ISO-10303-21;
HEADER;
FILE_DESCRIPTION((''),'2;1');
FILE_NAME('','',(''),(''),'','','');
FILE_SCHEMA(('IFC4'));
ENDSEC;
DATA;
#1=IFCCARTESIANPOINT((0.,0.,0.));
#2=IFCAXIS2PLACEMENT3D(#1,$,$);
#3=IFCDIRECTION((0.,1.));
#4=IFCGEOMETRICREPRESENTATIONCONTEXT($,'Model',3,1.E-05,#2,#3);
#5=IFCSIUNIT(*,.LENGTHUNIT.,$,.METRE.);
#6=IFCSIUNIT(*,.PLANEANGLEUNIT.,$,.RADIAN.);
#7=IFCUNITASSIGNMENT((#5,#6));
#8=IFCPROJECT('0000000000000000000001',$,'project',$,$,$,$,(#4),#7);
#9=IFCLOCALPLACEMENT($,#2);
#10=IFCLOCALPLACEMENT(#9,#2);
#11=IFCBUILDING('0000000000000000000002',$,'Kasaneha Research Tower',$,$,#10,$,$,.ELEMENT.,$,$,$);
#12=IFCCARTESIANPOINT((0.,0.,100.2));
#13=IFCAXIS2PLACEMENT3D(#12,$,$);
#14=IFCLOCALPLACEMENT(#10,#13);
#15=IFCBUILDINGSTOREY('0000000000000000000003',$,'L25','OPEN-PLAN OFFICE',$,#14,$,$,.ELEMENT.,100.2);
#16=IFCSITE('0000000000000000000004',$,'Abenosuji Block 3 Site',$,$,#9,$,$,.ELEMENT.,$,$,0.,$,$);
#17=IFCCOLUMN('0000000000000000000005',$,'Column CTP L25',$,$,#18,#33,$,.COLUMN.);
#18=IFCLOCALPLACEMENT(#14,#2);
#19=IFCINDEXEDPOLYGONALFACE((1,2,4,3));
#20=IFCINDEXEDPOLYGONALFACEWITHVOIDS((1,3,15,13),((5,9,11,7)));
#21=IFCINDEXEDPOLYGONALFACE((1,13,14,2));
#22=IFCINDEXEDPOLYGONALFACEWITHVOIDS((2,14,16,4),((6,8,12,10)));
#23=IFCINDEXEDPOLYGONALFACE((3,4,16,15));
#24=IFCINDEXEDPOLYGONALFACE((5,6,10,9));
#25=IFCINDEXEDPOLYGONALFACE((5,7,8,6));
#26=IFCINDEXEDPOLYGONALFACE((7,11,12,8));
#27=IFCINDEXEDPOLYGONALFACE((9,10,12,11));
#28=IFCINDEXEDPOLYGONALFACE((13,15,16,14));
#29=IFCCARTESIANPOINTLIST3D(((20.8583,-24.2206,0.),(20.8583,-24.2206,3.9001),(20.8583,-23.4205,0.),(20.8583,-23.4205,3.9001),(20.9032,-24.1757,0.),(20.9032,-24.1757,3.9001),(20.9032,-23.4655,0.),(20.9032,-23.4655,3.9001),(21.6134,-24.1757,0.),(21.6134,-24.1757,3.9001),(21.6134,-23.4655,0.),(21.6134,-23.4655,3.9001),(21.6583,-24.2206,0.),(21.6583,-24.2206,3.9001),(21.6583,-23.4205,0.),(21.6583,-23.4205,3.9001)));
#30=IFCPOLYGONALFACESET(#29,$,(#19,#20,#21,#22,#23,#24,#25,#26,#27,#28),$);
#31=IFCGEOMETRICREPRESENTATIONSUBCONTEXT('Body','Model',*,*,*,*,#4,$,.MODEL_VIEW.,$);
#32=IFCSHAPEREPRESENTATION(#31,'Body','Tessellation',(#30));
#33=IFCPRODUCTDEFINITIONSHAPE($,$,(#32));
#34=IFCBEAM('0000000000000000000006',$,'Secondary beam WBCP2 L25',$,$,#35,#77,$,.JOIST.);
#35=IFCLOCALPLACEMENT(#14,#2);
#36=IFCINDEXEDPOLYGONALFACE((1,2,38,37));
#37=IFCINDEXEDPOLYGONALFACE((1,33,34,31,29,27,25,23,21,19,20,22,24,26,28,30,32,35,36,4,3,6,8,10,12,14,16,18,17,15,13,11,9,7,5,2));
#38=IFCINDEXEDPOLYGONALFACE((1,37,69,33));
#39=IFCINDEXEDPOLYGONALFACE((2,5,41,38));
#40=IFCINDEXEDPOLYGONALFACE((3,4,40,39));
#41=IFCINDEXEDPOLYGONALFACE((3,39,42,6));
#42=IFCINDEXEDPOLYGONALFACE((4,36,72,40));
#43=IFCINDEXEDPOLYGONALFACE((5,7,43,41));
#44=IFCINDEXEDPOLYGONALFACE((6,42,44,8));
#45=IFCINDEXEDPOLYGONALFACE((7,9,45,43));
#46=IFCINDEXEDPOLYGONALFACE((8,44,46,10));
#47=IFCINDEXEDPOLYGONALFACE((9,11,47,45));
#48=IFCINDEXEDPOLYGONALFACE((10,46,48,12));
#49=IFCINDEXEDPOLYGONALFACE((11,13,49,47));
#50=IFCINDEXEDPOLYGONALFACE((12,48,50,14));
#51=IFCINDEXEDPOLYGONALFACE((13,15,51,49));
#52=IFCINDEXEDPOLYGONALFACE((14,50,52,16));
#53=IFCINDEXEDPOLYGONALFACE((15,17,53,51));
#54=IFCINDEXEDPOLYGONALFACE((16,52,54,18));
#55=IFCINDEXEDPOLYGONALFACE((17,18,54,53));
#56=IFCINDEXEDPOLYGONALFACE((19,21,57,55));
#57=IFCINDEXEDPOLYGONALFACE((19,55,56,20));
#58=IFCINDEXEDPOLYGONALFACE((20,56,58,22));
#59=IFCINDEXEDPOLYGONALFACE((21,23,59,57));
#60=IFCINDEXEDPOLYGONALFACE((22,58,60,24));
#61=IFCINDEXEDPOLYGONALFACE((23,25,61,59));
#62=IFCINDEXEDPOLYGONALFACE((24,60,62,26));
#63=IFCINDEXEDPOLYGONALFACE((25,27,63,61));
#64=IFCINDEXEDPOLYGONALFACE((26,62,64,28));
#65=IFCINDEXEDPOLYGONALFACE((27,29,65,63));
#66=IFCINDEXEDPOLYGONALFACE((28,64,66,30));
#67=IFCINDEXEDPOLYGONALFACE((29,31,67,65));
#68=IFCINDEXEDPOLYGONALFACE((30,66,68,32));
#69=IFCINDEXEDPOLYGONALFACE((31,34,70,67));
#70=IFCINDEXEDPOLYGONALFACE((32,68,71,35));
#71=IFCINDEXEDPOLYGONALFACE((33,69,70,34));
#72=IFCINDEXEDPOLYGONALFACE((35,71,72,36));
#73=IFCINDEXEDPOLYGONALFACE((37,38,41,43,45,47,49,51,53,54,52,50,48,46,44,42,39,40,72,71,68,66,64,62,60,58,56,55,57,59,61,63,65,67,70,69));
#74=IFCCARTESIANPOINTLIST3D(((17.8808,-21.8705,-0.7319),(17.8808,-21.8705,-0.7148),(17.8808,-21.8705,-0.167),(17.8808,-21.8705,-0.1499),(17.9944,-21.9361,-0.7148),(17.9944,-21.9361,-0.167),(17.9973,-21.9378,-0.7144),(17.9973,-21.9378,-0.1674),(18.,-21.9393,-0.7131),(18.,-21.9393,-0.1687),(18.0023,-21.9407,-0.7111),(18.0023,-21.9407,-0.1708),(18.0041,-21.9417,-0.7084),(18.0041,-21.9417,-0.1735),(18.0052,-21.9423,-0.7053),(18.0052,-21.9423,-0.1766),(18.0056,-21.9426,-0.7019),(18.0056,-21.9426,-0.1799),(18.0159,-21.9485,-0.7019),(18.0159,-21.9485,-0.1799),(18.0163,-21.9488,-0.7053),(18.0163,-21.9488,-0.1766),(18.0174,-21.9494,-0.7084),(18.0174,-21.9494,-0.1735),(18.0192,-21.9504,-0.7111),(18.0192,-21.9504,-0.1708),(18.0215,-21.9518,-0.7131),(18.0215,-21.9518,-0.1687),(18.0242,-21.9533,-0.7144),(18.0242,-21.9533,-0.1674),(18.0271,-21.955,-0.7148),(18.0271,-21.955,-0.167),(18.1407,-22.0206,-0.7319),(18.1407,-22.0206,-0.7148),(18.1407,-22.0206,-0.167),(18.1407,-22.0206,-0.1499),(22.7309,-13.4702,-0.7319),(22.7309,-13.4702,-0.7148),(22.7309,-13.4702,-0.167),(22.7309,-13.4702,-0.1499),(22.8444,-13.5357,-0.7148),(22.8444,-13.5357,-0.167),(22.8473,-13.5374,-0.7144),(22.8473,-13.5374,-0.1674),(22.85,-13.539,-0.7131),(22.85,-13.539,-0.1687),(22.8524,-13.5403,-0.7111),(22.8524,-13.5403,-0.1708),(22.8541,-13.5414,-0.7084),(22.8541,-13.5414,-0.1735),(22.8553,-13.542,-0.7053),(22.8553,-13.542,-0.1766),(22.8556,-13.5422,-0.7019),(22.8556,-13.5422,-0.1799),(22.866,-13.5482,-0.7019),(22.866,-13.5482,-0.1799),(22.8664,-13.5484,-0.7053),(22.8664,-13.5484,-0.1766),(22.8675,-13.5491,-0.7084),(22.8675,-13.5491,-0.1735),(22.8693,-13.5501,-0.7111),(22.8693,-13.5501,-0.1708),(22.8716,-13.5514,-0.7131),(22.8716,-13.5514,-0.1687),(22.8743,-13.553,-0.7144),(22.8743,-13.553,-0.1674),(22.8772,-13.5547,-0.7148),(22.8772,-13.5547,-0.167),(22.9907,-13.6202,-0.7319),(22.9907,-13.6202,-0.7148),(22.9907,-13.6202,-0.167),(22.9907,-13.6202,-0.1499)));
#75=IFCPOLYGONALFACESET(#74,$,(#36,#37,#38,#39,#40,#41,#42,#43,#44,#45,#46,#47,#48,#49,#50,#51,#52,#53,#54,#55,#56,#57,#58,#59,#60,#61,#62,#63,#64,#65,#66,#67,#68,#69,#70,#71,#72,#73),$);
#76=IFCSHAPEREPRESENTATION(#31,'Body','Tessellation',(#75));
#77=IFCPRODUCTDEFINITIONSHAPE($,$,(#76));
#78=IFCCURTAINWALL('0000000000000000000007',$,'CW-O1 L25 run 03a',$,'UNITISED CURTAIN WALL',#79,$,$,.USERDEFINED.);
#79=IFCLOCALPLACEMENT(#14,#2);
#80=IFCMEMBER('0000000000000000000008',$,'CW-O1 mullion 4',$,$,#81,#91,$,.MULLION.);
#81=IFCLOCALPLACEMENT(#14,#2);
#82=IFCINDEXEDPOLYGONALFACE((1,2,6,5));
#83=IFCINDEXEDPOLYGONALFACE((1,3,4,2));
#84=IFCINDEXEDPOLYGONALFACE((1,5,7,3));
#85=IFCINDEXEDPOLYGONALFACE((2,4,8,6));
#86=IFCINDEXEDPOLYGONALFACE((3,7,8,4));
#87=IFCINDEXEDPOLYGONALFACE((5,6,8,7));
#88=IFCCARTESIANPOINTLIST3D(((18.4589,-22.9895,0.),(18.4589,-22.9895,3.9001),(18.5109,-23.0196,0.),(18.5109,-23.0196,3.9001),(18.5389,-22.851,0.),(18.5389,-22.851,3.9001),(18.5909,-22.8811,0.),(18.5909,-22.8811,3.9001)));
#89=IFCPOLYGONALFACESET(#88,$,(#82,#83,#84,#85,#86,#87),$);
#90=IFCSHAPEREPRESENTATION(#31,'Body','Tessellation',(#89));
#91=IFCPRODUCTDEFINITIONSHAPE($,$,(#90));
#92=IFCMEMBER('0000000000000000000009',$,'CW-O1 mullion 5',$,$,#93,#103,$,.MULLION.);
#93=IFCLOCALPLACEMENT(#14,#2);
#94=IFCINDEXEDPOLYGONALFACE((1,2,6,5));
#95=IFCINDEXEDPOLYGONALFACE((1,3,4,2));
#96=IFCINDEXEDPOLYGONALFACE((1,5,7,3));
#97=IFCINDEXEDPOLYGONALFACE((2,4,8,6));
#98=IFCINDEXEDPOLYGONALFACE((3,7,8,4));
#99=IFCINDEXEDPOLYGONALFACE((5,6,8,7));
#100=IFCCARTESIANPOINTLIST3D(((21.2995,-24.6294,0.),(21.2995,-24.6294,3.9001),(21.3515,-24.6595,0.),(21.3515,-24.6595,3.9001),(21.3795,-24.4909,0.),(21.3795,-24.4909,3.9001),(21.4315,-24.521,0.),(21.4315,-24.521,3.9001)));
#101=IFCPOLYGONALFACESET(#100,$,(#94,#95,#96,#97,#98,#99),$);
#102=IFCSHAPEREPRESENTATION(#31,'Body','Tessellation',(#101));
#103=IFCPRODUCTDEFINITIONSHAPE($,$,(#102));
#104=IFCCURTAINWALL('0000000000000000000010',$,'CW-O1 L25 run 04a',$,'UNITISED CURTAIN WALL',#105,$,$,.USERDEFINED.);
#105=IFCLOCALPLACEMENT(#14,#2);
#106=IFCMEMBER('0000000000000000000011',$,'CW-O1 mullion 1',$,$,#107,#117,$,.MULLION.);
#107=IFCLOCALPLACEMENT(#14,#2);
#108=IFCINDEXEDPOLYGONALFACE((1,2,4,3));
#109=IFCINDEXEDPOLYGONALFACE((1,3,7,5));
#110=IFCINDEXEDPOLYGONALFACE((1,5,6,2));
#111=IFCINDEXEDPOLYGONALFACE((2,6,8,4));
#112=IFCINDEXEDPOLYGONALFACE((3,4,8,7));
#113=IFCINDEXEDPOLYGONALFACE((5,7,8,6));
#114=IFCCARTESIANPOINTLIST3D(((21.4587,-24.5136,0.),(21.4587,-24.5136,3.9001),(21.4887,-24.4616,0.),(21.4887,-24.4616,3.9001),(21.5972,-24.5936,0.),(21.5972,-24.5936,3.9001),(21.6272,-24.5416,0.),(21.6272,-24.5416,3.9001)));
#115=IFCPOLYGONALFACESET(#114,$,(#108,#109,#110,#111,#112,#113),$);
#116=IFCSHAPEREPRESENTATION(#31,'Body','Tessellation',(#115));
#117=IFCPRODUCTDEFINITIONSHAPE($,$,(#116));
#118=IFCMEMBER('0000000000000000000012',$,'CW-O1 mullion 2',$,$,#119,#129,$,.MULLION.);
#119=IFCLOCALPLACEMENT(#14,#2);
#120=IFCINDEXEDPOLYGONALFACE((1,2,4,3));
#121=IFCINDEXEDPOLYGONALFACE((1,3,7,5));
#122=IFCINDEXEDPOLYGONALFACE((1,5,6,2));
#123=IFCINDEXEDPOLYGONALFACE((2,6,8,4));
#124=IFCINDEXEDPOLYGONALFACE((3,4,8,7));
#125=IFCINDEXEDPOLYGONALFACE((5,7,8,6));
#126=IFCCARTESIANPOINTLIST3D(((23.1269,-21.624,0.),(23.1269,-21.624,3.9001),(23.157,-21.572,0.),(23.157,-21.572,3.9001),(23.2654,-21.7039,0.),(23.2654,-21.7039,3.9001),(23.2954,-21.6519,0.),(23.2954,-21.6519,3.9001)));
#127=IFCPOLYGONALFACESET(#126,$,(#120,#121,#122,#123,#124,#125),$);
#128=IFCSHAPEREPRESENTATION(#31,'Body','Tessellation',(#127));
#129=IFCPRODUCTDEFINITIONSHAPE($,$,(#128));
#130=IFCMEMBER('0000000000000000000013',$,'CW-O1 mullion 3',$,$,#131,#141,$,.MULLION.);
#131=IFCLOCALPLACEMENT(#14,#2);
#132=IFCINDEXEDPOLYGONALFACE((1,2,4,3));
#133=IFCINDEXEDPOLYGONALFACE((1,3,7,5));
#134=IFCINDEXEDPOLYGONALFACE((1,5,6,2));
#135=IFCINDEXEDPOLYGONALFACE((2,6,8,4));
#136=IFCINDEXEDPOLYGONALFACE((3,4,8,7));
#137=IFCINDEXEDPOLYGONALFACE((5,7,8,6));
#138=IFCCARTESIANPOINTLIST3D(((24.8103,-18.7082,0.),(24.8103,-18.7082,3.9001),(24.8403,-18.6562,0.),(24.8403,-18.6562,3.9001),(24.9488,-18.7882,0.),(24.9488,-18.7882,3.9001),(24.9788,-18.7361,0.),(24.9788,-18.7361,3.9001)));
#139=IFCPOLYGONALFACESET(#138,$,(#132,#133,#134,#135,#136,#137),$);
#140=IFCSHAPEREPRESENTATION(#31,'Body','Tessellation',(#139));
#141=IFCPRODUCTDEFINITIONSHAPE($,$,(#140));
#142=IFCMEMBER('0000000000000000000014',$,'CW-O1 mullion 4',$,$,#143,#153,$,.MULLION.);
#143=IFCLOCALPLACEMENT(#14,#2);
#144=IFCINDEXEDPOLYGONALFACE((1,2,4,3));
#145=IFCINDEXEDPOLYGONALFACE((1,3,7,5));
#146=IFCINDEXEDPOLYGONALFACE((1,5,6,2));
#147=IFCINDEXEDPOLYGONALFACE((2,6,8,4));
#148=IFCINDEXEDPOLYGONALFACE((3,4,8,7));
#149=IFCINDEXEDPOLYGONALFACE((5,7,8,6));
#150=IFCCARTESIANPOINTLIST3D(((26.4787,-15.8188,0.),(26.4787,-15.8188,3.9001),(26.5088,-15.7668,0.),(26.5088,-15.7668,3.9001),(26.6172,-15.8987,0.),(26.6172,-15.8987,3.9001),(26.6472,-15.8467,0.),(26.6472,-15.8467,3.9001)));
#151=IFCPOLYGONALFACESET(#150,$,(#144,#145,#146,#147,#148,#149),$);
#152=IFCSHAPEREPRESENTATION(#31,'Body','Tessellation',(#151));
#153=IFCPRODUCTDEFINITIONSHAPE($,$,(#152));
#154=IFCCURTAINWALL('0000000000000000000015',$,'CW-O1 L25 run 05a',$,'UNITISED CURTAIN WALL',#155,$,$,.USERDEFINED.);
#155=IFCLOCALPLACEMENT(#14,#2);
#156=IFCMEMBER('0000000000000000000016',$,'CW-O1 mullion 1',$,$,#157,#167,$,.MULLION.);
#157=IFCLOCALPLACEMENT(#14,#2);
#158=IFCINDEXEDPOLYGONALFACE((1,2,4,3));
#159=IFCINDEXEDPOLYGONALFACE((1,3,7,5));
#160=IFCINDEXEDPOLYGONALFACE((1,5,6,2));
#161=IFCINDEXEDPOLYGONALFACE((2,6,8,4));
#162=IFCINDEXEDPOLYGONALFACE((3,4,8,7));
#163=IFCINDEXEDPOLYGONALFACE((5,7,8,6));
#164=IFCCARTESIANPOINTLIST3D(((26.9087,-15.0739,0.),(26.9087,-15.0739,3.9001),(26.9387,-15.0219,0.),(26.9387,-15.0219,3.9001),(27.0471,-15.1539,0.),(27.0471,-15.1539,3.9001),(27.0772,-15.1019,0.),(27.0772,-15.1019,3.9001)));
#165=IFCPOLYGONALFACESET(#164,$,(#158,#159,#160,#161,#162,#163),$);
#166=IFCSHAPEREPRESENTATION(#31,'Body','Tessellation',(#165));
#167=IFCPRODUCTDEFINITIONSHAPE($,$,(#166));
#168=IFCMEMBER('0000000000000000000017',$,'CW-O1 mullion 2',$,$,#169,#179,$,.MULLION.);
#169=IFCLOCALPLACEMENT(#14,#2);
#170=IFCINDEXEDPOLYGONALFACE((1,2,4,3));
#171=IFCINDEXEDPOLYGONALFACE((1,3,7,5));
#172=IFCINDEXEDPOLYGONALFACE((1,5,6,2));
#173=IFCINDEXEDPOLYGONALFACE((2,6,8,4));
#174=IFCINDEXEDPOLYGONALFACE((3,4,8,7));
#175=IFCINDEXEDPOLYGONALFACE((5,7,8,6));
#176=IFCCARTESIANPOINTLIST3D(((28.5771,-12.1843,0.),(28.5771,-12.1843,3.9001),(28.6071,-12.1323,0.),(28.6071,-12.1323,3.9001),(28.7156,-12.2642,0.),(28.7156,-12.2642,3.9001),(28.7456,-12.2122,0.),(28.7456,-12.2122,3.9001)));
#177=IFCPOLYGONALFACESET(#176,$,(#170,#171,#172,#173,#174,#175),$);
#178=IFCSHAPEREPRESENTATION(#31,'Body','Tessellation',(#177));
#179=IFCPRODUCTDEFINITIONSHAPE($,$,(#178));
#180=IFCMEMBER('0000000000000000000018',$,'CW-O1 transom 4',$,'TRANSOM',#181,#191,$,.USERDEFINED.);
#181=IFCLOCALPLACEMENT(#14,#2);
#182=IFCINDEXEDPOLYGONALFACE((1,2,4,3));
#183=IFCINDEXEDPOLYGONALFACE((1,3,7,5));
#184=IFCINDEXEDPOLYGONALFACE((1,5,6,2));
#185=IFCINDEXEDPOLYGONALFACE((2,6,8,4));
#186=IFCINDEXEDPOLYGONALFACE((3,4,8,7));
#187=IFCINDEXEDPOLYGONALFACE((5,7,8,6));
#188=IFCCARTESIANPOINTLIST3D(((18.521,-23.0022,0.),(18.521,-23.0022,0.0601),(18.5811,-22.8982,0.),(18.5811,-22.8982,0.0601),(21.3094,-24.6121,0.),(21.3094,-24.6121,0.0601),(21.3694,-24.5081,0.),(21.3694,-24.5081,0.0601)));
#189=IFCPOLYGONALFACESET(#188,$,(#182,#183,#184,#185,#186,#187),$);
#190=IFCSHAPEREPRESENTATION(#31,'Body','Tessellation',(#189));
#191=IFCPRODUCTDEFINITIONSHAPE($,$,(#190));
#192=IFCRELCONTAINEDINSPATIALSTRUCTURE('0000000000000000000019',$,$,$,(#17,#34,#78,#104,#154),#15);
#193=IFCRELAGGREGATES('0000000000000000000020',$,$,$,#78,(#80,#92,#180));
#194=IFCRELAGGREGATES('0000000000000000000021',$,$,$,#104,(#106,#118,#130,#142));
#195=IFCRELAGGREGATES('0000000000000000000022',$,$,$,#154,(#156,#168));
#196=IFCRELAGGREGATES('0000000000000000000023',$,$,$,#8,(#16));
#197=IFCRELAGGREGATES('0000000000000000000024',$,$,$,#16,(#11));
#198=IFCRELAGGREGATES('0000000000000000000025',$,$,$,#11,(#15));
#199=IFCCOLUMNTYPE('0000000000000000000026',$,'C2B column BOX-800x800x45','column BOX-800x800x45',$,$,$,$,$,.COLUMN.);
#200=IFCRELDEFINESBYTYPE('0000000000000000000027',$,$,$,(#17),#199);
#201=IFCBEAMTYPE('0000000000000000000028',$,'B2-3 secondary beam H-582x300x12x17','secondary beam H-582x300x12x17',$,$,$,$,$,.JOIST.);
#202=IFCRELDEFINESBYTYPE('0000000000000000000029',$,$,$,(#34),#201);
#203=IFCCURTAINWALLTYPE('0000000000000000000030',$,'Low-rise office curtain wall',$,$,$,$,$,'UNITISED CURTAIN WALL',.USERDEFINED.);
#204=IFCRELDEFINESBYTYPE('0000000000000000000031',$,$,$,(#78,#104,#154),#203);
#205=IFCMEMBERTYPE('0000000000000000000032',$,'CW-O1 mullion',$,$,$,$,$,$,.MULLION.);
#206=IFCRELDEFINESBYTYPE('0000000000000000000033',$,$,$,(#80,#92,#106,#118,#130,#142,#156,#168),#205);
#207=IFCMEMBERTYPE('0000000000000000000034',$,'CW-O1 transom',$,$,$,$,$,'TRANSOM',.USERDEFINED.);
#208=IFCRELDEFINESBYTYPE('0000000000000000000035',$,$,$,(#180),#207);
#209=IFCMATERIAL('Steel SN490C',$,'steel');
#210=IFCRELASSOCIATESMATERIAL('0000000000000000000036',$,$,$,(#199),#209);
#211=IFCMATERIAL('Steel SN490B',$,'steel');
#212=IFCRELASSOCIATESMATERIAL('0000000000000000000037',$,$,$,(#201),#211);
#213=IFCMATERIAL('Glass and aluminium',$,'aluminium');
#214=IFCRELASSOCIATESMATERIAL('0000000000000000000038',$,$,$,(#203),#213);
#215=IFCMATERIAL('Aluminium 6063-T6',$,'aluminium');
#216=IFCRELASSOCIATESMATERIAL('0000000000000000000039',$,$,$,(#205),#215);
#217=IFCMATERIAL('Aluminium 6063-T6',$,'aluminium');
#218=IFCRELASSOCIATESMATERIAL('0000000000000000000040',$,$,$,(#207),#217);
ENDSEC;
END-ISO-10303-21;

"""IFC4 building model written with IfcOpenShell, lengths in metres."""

from ifc_helpers import new_model, si_unit, direction, frame, origin, origin_2d, place, context, subcontext, project, spatial, rectangle, hollow_rectangle, i_section, extrude, material, material_profile, profile_set, type_object, element, aggregate, save


model = new_model("IFC4")

# Units and contexts
model_context = context("Model", 3, precision=1e-05, world=origin(), true_north=direction((0.0, 1.0)))
body_context = subcontext(model_context, "Body", "Model", "MODEL_VIEW")
ifc_project = project(units=[si_unit("LENGTHUNIT", "METRE"), si_unit("PLANEANGLEUNIT", "RADIAN")], contexts=[model_context])

# Site, building, storey
site_placement = place(None, origin())
site = spatial("IfcSite", under=ifc_project, at=site_placement, Name="Abenosuji Block 3 Site", CompositionType="ELEMENT", RefElevation=0.0)
building_placement = place(site_placement, origin())
building = spatial("IfcBuilding", under=site, at=building_placement, Name="Kasaneha Research Tower", CompositionType="ELEMENT")
storey_placement = place(building_placement, frame((0.0, 0.0, 100.2)))
storey = spatial("IfcBuildingStorey", under=building, at=storey_placement, Name="L25", Description="OPEN-PLAN OFFICE", CompositionType="ELEMENT", Elevation=100.2)

# Column
ifc_material_1 = material(Name="Steel SN490C", Category="steel")
ifc_material_profile_1 = material_profile(ifc_material_1, hollow_rectangle(XDim=0.8, YDim=0.8, WallThickness=0.0449, at=origin_2d()), Name="BOX-800x800x45")
ifc_profile_set_1 = profile_set([ifc_material_profile_1], Name="Steel SN490C")
column_type = type_object("IfcColumnType", Name="C2B column BOX-800x800x45", Description="column BOX-800x800x45", PredefinedType="COLUMN", material=ifc_profile_set_1)
column_placement = place(storey_placement, frame((21.2583, -23.8206, 0.0), z_axis=(0.0, 0.0, 1.0), x_axis=(1.0, 0.0, 0.0)))
element("IfcColumn", 1, at=column_placement, inside=storey, type_object=column_type, Name="Column CTP L25", PredefinedType="COLUMN", context=body_context, shape_type="SweptSolid", body=[
    extrude(hollow_rectangle(XDim=0.8, YDim=0.8, WallThickness=0.0449, at=origin_2d()), origin(), (0.0, 0.0, 1.0), 3.9001),
])

# Beam
ifc_material_2 = material(Name="Steel SN490B", Category="steel")
ifc_material_profile_2 = material_profile(ifc_material_2, i_section(OverallWidth=0.3, OverallDepth=0.582, WebThickness=0.012, FlangeThickness=0.0171, FilletRadius=0.0129, at=origin_2d()), Name="H-582x300x12x17")
ifc_profile_set_2 = profile_set([ifc_material_profile_2], Name="Steel SN490B")
beam_type_1 = type_object("IfcBeamType", Name="B2-3 secondary beam H-582x300x12x17", Description="secondary beam H-582x300x12x17", PredefinedType="JOIST", material=ifc_profile_set_2)
beam_1_placement = place(storey_placement, frame((18.0107, -21.9456, -0.4409), z_axis=(0.50001, 0.86602, 0.0), x_axis=(-0.86602, 0.50001, 0.0)))
element("IfcBeam", 2, at=beam_1_placement, inside=storey, type_object=beam_type_1, Name="Secondary beam WBCP2 L25", PredefinedType="JOIST", context=body_context, shape_type="SweptSolid", body=[
    extrude(i_section(OverallWidth=0.3, OverallDepth=0.582, WebThickness=0.012, FlangeThickness=0.0171, FilletRadius=0.0129, at=origin_2d()), origin(), (0.0, 0.0, 1.0), 9.7),
])

# Curtain walls, members
ifc_material_3 = material(Name="Glass and aluminium", Category="aluminium")
curtain_wall_type = type_object("IfcCurtainWallType", Name="Low-rise office curtain wall", ElementType="UNITISED CURTAIN WALL", PredefinedType="USERDEFINED", material=ifc_material_3)
curtain_wall_1_placement = place(storey_placement, origin())
curtain_wall_1 = element("IfcCurtainWall", 3, at=curtain_wall_1_placement, inside=storey, type_object=curtain_wall_type, Name="CW-O1 L25 run 03a", ObjectType="UNITISED CURTAIN WALL", PredefinedType="USERDEFINED")
ifc_material_4 = material(Name="Aluminium 6063-T6", Category="aluminium")
ifc_material_profile_3 = material_profile(ifc_material_4, rectangle(XDim=0.0601, YDim=0.1599, at=origin_2d()), Name="CW-O1 mullion 60x160")
ifc_profile_set_3 = profile_set([ifc_material_profile_3], Name="Aluminium 6063-T6")
member_type_1 = type_object("IfcMemberType", Name="CW-O1 mullion", PredefinedType="MULLION", material=ifc_profile_set_3)
member_1_placement = place(storey_placement, frame((18.5249, -22.9353, 0.0), z_axis=(0.0, 0.0, 1.0), x_axis=(0.866025, -0.5, 0.0)))
member_1 = element("IfcMember", 4, at=member_1_placement, type_object=member_type_1, Name="CW-O1 mullion 4", PredefinedType="MULLION", context=body_context, shape_type="SweptSolid", body=[
    extrude(rectangle(XDim=0.0601, YDim=0.1599, at=origin_2d()), origin(), (0.0, 0.0, 1.0), 3.9001),
])
member_2_placement = place(storey_placement, frame((21.3655, -24.5752, 0.0), z_axis=(0.0, 0.0, 1.0), x_axis=(0.866025, -0.5, 0.0)))
member_2 = element("IfcMember", 5, at=member_2_placement, type_object=member_type_1, Name="CW-O1 mullion 5", PredefinedType="MULLION", context=body_context, shape_type="SweptSolid", body=[
    extrude(rectangle(XDim=0.0601, YDim=0.1599, at=origin_2d()), origin(), (0.0, 0.0, 1.0), 3.9001),
])
curtain_wall_2_placement = place(storey_placement, origin())
curtain_wall_2 = element("IfcCurtainWall", 6, at=curtain_wall_2_placement, inside=storey, type_object=curtain_wall_type, Name="CW-O1 L25 run 04a", ObjectType="UNITISED CURTAIN WALL", PredefinedType="USERDEFINED")
member_3_placement = place(storey_placement, frame((21.543, -24.5276, 0.0), z_axis=(0.0, 0.0, 1.0), x_axis=(0.5, 0.866025, 0.0)))
member_3 = element("IfcMember", 7, at=member_3_placement, type_object=member_type_1, Name="CW-O1 mullion 1", PredefinedType="MULLION", context=body_context, shape_type="SweptSolid", body=[
    extrude(rectangle(XDim=0.0601, YDim=0.1599, at=origin_2d()), origin(), (0.0, 0.0, 1.0), 3.9001),
])
member_4_placement = place(storey_placement, frame((23.2112, -21.6379, 0.0), z_axis=(0.0, 0.0, 1.0), x_axis=(0.5, 0.866025, 0.0)))
member_4 = element("IfcMember", 8, at=member_4_placement, type_object=member_type_1, Name="CW-O1 mullion 2", PredefinedType="MULLION", context=body_context, shape_type="SweptSolid", body=[
    extrude(rectangle(XDim=0.0601, YDim=0.1599, at=origin_2d()), origin(), (0.0, 0.0, 1.0), 3.9001),
])
member_5_placement = place(storey_placement, frame((24.8945, -18.7222, 0.0), z_axis=(0.0, 0.0, 1.0), x_axis=(0.5, 0.866025, 0.0)))
member_5 = element("IfcMember", 9, at=member_5_placement, type_object=member_type_1, Name="CW-O1 mullion 3", PredefinedType="MULLION", context=body_context, shape_type="SweptSolid", body=[
    extrude(rectangle(XDim=0.0601, YDim=0.1599, at=origin_2d()), origin(), (0.0, 0.0, 1.0), 3.9001),
])
member_6_placement = place(storey_placement, frame((26.563, -15.8328, 0.0), z_axis=(0.0, 0.0, 1.0), x_axis=(0.5, 0.866025, 0.0)))
member_6 = element("IfcMember", 10, at=member_6_placement, type_object=member_type_1, Name="CW-O1 mullion 4", PredefinedType="MULLION", context=body_context, shape_type="SweptSolid", body=[
    extrude(rectangle(XDim=0.0601, YDim=0.1599, at=origin_2d()), origin(), (0.0, 0.0, 1.0), 3.9001),
])
curtain_wall_3_placement = place(storey_placement, origin())
curtain_wall_3 = element("IfcCurtainWall", 11, at=curtain_wall_3_placement, inside=storey, type_object=curtain_wall_type, Name="CW-O1 L25 run 05a", ObjectType="UNITISED CURTAIN WALL", PredefinedType="USERDEFINED")
member_7_placement = place(storey_placement, frame((26.9929, -15.0879, 0.0), z_axis=(0.0, 0.0, 1.0), x_axis=(0.5, 0.866025, 0.0)))
member_7 = element("IfcMember", 12, at=member_7_placement, type_object=member_type_1, Name="CW-O1 mullion 1", PredefinedType="MULLION", context=body_context, shape_type="SweptSolid", body=[
    extrude(rectangle(XDim=0.0601, YDim=0.1599, at=origin_2d()), origin(), (0.0, 0.0, 1.0), 3.9001),
])
member_8_placement = place(storey_placement, frame((28.6614, -12.1982, 0.0), z_axis=(0.0, 0.0, 1.0), x_axis=(0.5, 0.866025, 0.0)))
member_8 = element("IfcMember", 13, at=member_8_placement, type_object=member_type_1, Name="CW-O1 mullion 2", PredefinedType="MULLION", context=body_context, shape_type="SweptSolid", body=[
    extrude(rectangle(XDim=0.0601, YDim=0.1599, at=origin_2d()), origin(), (0.0, 0.0, 1.0), 3.9001),
])

# Member
ifc_material_5 = material(Name="Aluminium 6063-T6", Category="aluminium")
ifc_material_profile_4 = material_profile(ifc_material_5, rectangle(XDim=0.1201, YDim=0.0601, at=origin_2d()), Name="CW-O1 transom 120x60")
ifc_profile_set_4 = profile_set([ifc_material_profile_4], Name="Aluminium 6063-T6")
member_type_2 = type_object("IfcMemberType", Name="CW-O1 transom", ElementType="TRANSOM", PredefinedType="USERDEFINED", material=ifc_profile_set_4)
member_9_placement = place(storey_placement, frame((18.551, -22.9502, 0.03), z_axis=(0.866023, -0.500005, 0.0), x_axis=(0.500005, 0.866023, 0.0)))
member_9 = element("IfcMember", 14, at=member_9_placement, type_object=member_type_2, Name="CW-O1 transom 4", ObjectType="TRANSOM", PredefinedType="USERDEFINED", context=body_context, shape_type="SweptSolid", body=[
    extrude(rectangle(XDim=0.1201, YDim=0.0601, at=origin_2d()), origin(), (0.0, 0.0, 1.0), 3.2197),
])

aggregate(curtain_wall_1, [member_1, member_2, member_9])
aggregate(curtain_wall_2, [member_3, member_4, member_5, member_6])
aggregate(curtain_wall_3, [member_7, member_8])

save(model, "model.ifc")
